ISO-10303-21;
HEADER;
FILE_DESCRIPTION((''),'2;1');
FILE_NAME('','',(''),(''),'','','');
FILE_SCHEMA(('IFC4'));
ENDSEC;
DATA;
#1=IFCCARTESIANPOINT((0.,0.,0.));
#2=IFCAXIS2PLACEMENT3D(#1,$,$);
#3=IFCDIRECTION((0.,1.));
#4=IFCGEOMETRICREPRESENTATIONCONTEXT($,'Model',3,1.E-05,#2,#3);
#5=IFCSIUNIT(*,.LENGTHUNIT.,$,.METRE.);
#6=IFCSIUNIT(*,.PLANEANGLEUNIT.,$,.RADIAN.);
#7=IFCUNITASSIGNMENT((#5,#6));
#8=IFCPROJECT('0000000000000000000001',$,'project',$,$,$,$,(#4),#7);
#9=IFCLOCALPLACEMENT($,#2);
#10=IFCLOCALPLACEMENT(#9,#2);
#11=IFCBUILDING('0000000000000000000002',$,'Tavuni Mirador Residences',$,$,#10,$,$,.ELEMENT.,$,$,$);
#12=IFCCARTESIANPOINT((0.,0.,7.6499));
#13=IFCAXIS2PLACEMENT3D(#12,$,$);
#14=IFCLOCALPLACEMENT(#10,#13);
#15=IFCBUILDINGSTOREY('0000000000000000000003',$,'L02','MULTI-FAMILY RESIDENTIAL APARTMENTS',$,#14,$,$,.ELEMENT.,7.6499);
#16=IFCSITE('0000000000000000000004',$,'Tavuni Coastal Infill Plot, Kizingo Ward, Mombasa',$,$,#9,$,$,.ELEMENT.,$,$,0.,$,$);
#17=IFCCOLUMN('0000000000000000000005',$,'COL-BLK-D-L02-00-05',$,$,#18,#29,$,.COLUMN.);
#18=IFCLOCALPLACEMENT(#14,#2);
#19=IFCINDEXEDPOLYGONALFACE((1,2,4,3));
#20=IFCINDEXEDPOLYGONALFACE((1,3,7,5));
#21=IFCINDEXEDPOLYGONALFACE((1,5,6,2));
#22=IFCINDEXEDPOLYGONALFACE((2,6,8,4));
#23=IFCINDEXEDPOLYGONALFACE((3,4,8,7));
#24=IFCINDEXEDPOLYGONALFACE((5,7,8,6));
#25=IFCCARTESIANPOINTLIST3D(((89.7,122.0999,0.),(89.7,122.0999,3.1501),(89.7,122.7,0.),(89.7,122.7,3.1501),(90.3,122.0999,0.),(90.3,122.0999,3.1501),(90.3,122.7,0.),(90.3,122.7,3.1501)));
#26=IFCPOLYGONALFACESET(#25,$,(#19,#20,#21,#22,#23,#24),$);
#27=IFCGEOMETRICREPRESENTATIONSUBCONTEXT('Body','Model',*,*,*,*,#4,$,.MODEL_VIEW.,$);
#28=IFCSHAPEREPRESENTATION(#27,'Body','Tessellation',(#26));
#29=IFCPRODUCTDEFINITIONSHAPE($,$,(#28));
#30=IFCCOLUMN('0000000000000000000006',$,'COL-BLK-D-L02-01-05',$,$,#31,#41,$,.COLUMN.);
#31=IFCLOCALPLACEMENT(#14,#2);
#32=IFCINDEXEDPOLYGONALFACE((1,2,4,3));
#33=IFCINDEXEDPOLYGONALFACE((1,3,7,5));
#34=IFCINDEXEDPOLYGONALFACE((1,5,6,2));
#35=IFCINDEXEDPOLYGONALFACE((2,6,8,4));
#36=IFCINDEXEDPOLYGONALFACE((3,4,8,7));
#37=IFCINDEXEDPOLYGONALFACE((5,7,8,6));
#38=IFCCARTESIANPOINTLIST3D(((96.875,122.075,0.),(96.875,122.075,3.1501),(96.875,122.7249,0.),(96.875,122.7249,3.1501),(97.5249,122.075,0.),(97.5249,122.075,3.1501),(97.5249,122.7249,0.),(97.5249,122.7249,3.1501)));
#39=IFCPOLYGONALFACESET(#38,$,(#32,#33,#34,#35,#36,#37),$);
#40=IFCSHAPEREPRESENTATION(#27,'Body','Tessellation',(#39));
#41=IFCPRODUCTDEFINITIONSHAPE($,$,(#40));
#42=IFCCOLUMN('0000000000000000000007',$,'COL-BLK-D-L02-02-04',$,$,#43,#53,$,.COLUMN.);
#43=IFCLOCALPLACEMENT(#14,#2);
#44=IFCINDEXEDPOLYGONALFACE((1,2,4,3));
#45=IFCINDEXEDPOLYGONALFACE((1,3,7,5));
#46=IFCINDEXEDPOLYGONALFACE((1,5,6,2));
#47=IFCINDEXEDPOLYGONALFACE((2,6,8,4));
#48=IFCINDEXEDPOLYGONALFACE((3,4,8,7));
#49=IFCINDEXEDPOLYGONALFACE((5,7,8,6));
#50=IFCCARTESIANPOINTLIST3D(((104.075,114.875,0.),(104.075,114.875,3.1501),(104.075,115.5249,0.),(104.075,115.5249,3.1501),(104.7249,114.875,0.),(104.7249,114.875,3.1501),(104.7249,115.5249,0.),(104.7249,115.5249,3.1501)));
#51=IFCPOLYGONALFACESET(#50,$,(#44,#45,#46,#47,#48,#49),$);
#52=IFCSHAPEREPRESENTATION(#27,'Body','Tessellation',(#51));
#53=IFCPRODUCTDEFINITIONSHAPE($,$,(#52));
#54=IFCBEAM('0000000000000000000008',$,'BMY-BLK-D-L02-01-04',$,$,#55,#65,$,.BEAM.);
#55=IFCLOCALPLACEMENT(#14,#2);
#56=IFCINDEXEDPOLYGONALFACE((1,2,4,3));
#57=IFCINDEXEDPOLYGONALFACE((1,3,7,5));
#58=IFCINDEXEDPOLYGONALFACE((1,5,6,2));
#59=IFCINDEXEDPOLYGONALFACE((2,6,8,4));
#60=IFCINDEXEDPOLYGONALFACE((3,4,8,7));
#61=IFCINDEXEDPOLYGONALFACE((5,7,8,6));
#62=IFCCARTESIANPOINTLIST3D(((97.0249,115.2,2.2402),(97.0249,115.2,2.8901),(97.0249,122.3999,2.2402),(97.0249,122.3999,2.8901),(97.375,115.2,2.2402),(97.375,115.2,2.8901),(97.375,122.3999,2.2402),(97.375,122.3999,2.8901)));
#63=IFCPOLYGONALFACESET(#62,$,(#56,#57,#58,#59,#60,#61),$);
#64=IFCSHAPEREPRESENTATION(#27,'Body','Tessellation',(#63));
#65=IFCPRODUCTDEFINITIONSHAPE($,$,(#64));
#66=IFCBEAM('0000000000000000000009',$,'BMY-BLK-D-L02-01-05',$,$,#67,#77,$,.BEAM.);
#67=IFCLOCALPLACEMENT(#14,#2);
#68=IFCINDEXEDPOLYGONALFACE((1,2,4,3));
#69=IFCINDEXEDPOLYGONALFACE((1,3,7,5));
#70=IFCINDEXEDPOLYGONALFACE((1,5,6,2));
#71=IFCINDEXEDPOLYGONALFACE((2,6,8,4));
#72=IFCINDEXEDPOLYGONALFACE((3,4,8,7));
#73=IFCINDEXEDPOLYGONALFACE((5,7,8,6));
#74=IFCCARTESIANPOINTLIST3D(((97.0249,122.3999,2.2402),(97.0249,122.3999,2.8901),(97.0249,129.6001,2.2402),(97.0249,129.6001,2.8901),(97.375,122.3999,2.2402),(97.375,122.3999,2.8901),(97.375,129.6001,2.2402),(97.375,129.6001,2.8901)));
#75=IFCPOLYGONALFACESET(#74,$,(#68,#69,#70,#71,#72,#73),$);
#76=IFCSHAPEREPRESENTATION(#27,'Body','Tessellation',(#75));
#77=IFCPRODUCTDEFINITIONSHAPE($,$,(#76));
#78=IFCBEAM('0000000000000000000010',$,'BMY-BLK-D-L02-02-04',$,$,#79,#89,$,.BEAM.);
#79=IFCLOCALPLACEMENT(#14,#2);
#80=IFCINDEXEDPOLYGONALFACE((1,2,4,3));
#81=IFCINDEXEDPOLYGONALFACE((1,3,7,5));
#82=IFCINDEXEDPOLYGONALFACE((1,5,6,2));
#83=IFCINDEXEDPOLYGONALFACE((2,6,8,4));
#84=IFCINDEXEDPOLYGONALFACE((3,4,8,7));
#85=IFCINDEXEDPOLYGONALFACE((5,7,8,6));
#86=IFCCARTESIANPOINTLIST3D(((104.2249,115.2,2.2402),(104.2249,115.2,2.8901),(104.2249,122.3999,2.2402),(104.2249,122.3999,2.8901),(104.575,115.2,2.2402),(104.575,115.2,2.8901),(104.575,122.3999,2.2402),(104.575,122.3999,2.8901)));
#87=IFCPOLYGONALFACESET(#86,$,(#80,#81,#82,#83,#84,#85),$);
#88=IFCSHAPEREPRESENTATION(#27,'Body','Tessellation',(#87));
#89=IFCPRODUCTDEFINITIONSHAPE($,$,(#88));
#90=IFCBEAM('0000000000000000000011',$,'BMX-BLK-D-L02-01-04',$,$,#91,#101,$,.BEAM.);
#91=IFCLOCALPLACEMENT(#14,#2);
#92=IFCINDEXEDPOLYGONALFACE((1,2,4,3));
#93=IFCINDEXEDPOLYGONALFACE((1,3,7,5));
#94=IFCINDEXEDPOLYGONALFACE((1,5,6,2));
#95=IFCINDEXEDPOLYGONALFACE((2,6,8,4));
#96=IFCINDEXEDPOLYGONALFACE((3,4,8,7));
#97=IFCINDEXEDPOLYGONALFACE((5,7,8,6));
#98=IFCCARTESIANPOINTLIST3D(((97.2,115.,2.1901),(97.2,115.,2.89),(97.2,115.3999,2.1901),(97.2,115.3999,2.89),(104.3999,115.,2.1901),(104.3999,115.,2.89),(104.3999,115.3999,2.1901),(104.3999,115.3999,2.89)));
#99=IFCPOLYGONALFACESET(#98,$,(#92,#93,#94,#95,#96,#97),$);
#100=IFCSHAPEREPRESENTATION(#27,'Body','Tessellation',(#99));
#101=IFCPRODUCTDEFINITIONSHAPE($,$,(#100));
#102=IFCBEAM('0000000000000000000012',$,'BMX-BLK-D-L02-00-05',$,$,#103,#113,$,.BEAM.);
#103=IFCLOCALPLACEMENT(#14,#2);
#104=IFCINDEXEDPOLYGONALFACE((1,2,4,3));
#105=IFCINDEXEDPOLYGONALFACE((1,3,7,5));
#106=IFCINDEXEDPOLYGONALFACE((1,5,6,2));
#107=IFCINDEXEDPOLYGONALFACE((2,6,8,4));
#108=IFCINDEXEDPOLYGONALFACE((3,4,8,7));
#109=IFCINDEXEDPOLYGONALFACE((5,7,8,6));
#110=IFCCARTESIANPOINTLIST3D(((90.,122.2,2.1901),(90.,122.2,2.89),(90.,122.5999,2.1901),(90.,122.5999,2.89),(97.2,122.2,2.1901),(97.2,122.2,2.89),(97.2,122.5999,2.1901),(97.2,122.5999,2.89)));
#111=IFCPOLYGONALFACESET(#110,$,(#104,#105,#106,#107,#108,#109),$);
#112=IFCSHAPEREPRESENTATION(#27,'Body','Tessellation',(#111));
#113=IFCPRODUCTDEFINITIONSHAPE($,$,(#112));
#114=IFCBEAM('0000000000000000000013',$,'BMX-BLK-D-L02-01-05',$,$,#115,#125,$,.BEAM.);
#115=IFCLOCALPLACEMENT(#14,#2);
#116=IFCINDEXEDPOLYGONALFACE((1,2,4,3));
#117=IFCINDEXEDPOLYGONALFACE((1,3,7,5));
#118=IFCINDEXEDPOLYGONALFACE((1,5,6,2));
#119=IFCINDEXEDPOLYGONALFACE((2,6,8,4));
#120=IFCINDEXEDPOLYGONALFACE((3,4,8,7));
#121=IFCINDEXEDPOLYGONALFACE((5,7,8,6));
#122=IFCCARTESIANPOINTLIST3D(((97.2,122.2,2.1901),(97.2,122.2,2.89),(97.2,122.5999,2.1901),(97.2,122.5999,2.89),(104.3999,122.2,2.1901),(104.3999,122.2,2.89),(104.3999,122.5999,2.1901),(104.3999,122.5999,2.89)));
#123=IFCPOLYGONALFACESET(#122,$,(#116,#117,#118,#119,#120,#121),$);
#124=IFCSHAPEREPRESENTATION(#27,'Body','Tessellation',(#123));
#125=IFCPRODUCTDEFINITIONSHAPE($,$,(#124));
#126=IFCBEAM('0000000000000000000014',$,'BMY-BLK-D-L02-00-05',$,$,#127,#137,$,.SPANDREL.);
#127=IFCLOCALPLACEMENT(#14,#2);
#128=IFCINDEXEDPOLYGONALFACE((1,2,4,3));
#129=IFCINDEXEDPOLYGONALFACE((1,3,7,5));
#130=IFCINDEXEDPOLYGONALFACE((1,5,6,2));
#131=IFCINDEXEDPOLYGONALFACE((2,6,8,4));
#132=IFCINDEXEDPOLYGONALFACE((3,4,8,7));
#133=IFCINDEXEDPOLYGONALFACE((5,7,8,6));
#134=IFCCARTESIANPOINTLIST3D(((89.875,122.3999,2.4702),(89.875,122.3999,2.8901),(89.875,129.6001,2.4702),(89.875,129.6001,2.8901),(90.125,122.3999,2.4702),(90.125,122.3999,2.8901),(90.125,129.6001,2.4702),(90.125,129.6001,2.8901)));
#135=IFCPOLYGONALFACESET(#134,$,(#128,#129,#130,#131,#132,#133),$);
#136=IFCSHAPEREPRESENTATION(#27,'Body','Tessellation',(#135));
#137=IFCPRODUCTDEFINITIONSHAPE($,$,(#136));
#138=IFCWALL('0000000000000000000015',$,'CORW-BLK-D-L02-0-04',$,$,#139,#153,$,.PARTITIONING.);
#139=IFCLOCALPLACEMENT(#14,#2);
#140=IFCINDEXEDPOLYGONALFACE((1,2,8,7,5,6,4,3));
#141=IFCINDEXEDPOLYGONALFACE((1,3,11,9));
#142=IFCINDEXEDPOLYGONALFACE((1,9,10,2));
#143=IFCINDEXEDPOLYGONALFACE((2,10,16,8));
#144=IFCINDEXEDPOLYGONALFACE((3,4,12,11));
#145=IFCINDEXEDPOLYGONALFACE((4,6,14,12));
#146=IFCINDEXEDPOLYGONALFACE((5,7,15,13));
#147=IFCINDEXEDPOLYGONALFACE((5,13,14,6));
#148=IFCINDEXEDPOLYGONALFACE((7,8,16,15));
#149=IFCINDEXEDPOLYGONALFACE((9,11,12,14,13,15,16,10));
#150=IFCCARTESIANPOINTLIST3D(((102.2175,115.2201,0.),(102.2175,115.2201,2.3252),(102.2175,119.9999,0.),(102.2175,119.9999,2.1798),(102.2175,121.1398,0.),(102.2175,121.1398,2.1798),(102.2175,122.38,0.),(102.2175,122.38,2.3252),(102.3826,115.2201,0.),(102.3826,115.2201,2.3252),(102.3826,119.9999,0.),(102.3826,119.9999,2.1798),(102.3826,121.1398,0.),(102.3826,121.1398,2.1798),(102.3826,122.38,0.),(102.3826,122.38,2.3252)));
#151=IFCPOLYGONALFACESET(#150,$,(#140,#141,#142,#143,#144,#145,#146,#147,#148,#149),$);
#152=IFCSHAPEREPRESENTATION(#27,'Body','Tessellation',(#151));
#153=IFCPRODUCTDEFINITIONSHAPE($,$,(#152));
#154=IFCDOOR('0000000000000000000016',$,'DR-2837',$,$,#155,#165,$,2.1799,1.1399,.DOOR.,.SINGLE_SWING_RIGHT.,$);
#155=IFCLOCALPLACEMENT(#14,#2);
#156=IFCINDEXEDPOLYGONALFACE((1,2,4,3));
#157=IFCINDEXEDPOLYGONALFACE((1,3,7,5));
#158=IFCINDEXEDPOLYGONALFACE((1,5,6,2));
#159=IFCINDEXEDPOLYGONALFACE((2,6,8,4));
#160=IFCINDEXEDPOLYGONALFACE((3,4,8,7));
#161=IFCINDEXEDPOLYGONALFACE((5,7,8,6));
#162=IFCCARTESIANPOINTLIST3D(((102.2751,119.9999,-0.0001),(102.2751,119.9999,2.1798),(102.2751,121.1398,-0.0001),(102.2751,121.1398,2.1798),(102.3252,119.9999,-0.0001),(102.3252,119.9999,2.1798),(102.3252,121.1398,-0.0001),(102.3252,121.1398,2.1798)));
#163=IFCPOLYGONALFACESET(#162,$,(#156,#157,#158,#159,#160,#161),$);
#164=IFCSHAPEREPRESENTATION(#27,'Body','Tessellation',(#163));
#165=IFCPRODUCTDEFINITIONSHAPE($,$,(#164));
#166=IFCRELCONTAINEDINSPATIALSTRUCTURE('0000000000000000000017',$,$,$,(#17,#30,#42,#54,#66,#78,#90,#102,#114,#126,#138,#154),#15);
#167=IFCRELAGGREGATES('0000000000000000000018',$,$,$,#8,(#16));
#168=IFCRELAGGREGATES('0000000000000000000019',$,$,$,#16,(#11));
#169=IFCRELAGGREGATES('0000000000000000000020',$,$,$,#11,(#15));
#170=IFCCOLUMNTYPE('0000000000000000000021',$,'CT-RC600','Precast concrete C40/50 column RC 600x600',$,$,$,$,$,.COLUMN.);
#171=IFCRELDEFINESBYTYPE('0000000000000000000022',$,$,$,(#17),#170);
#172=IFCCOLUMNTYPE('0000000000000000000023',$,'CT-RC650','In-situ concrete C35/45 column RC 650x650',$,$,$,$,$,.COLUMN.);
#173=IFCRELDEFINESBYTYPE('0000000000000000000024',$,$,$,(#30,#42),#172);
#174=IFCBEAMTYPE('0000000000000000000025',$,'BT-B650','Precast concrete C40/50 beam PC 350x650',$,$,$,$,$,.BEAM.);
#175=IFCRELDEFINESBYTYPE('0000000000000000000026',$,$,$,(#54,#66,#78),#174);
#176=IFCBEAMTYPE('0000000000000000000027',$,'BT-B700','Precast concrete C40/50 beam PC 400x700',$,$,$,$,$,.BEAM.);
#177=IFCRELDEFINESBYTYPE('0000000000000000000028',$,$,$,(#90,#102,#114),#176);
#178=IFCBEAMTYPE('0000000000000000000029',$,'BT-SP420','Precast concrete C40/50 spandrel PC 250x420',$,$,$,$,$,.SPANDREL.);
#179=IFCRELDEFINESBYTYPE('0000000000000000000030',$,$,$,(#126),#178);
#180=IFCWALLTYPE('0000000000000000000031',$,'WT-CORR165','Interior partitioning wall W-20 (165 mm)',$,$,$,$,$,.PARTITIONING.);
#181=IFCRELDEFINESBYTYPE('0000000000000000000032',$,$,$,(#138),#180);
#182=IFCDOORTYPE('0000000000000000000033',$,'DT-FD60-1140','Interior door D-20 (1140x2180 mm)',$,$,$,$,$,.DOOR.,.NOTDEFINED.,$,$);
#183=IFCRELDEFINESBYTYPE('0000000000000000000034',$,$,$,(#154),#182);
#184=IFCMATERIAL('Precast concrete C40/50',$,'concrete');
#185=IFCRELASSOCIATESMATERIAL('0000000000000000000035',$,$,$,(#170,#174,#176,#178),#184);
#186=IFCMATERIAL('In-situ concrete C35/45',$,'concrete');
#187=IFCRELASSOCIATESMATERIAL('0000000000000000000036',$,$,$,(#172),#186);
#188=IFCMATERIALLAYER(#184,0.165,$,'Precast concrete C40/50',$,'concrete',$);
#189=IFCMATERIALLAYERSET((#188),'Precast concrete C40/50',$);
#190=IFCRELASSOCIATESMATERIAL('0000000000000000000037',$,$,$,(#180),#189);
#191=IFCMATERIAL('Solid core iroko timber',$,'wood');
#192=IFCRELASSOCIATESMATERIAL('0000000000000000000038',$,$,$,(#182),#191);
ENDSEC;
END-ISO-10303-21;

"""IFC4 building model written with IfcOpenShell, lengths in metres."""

from ifc_helpers import new_model, si_unit, direction, frame, frame_2d, origin, origin_2d, place, context, subcontext, project, spatial, rectangle, extrude, material, layer, layer_set, material_profile, profile_set, type_object, element, fill, save


model = new_model("IFC4")

# Units and contexts
model_context = context("Model", 3, precision=1e-05, world=origin(), true_north=direction((0.0, 1.0)))
body_context = subcontext(model_context, "Body", "Model", "MODEL_VIEW")
ifc_project = project(units=[si_unit("LENGTHUNIT", "METRE"), si_unit("PLANEANGLEUNIT", "RADIAN")], contexts=[model_context])

# Site, building, storey
site_placement = place(None, origin())
site = spatial("IfcSite", under=ifc_project, at=site_placement, Name="Tavuni Coastal Infill Plot, Kizingo Ward, Mombasa", CompositionType="ELEMENT", RefElevation=0.0)
building_placement = place(site_placement, origin())
building = spatial("IfcBuilding", under=site, at=building_placement, Name="Tavuni Mirador Residences", CompositionType="ELEMENT")
storey_placement = place(building_placement, frame((0.0, 0.0, 7.6499)))
storey = spatial("IfcBuildingStorey", under=building, at=storey_placement, Name="L02", Description="MULTI-FAMILY RESIDENTIAL APARTMENTS", CompositionType="ELEMENT", Elevation=7.6499)

# Columns
ifc_material_1 = material(Name="Precast concrete C40/50", Category="concrete")
ifc_material_profile_1 = material_profile(ifc_material_1, rectangle(XDim=0.6001, YDim=0.6001, at=origin_2d()), Name="RC 600x600", Category="concrete")
ifc_profile_set_1 = profile_set([ifc_material_profile_1], Name="Precast concrete C40/50")
column_type_1 = type_object("IfcColumnType", Name="CT-RC600", Description="Precast concrete C40/50 column RC 600x600", PredefinedType="COLUMN", material=ifc_profile_set_1)
column_placement = place(storey_placement, frame((90.0, 122.3999, 0.0), z_axis=(0.0, 0.0, 1.0), x_axis=(1.0, 0.0, 0.0)))
element("IfcColumn", 1, at=column_placement, inside=storey, type_object=column_type_1, Name="COL-BLK-D-L02-00-05", PredefinedType="COLUMN", context=body_context, shape_type="SweptSolid", body=[
    extrude(rectangle(XDim=0.6001, YDim=0.6001, at=origin_2d()), origin(), (0.0, 0.0, 1.0), 3.1501),
])
ifc_material_2 = material(Name="In-situ concrete C35/45", Category="concrete")
ifc_material_profile_2 = material_profile(ifc_material_2, rectangle(XDim=0.6499, YDim=0.6499, at=origin_2d()), Name="RC 650x650", Category="concrete")
ifc_profile_set_2 = profile_set([ifc_material_profile_2], Name="In-situ concrete C35/45")
column_type_2 = type_object("IfcColumnType", Name="CT-RC650", Description="In-situ concrete C35/45 column RC 650x650", PredefinedType="COLUMN", material=ifc_profile_set_2)
for number, where, z_axis, x_axis, name in (
    (2, (97.2, 122.3999, 0.0), (0.0, 0.0, 1.0), (1.0, 0.0, 0.0), "COL-BLK-D-L02-01-05"),
    (3, (104.3999, 115.2, 0.0), (0.0, 0.0, 1.0), (1.0, 0.0, 0.0), "COL-BLK-D-L02-02-04"),
):
    element("IfcColumn", number, at=place(storey_placement, frame(where, z_axis=z_axis, x_axis=x_axis)), inside=storey, type_object=column_type_2, Name=name, PredefinedType="COLUMN", context=body_context, shape_type="SweptSolid", body=[
        extrude(rectangle(XDim=0.6499, YDim=0.6499, at=origin_2d()), origin(), (0.0, 0.0, 1.0), 3.1501),
    ])

# Beams
ifc_material_profile_3 = material_profile(ifc_material_1, rectangle(XDim=0.3501, YDim=0.6499, at=origin_2d()), Name="PC 350x650", Category="concrete")
ifc_profile_set_3 = profile_set([ifc_material_profile_3], Name="Precast concrete C40/50")
beam_type_1 = type_object("IfcBeamType", Name="BT-B650", Description="Precast concrete C40/50 beam PC 350x650", PredefinedType="BEAM", material=ifc_profile_set_3)
beam_1_placement = place(storey_placement, frame((97.2, 115.2, 2.5652), z_axis=(0.0, 1.0, 0.0), x_axis=(-1.0, 0.0, 0.0)))
element("IfcBeam", 4, at=beam_1_placement, inside=storey, type_object=beam_type_1, Name="BMY-BLK-D-L02-01-04", PredefinedType="BEAM", context=body_context, shape_type="SweptSolid", body=[
    extrude(rectangle(XDim=0.3501, YDim=0.6499, at=origin_2d()), origin(), (0.0, 0.0, 1.0), 7.2),
])
beam_2_placement = place(storey_placement, frame((97.2, 122.3999, 2.5652), z_axis=(0.0, 1.0, 0.0), x_axis=(-1.0, 0.0, 0.0)))
element("IfcBeam", 5, at=beam_2_placement, inside=storey, type_object=beam_type_1, Name="BMY-BLK-D-L02-01-05", PredefinedType="BEAM", context=body_context, shape_type="SweptSolid", body=[
    extrude(rectangle(XDim=0.3501, YDim=0.6499, at=origin_2d()), origin(), (0.0, 0.0, 1.0), 7.2002),
])
beam_3_placement = place(storey_placement, frame((104.3999, 115.2, 2.5652), z_axis=(0.0, 1.0, 0.0), x_axis=(-1.0, 0.0, 0.0)))
element("IfcBeam", 6, at=beam_3_placement, inside=storey, type_object=beam_type_1, Name="BMY-BLK-D-L02-02-04", PredefinedType="BEAM", context=body_context, shape_type="SweptSolid", body=[
    extrude(rectangle(XDim=0.3501, YDim=0.6499, at=origin_2d()), origin(), (0.0, 0.0, 1.0), 7.2),
])
ifc_material_profile_4 = material_profile(ifc_material_1, rectangle(XDim=0.3999, YDim=0.7, at=origin_2d()), Name="PC 400x700", Category="concrete")
ifc_profile_set_4 = profile_set([ifc_material_profile_4], Name="Precast concrete C40/50")
beam_type_2 = type_object("IfcBeamType", Name="BT-B700", Description="Precast concrete C40/50 beam PC 400x700", PredefinedType="BEAM", material=ifc_profile_set_4)
for number, where, z_axis, x_axis, name in (
    (7, (97.2, 115.2, 2.54), (1.0, 0.0, 0.0), (0.0, 1.0, 0.0), "BMX-BLK-D-L02-01-04"),
    (8, (90.0, 122.3999, 2.54), (1.0, 0.0, 0.0), (0.0, 1.0, 0.0), "BMX-BLK-D-L02-00-05"),
    (9, (97.2, 122.3999, 2.54), (1.0, 0.0, 0.0), (0.0, 1.0, 0.0), "BMX-BLK-D-L02-01-05"),
):
    element("IfcBeam", number, at=place(storey_placement, frame(where, z_axis=z_axis, x_axis=x_axis)), inside=storey, type_object=beam_type_2, Name=name, PredefinedType="BEAM", context=body_context, shape_type="SweptSolid", body=[
        extrude(rectangle(XDim=0.3999, YDim=0.7, at=origin_2d()), origin(), (0.0, 0.0, 1.0), 7.2),
    ])
ifc_material_profile_5 = material_profile(ifc_material_1, rectangle(XDim=0.25, YDim=0.4199, at=origin_2d()), Name="PC 250x420", Category="concrete")
ifc_profile_set_5 = profile_set([ifc_material_profile_5], Name="Precast concrete C40/50")
beam_type_3 = type_object("IfcBeamType", Name="BT-SP420", Description="Precast concrete C40/50 spandrel PC 250x420", PredefinedType="SPANDREL", material=ifc_profile_set_5)
beam_4_placement = place(storey_placement, frame((90.0, 122.3999, 2.6802), z_axis=(0.0, 1.0, 0.0), x_axis=(-1.0, 0.0, 0.0)))
element("IfcBeam", 10, at=beam_4_placement, inside=storey, type_object=beam_type_3, Name="BMY-BLK-D-L02-00-05", PredefinedType="SPANDREL", context=body_context, shape_type="SweptSolid", body=[
    extrude(rectangle(XDim=0.25, YDim=0.4199, at=origin_2d()), origin(), (0.0, 0.0, 1.0), 7.2002),
])

# Wall, opening, door
ifc_layer_1 = layer(ifc_material_1, 0.165, Name="Precast concrete C40/50", Category="concrete")
ifc_layer_set_1 = layer_set([ifc_layer_1], Name="Precast concrete C40/50")
wall_type_1 = type_object("IfcWallType", Name="WT-CORR165", Description="Interior partitioning wall W-20 (165 mm)", PredefinedType="PARTITIONING", material=ifc_layer_set_1)
wall_1_placement = place(storey_placement, frame((102.3, 115.22, 0.0), z_axis=(0.0, 0.0, 1.0), x_axis=(0.0, 1.0, 0.0)))
wall_1 = element("IfcWall", 11, at=wall_1_placement, inside=storey, type_object=wall_type_1, Name="CORW-BLK-D-L02-0-04", PredefinedType="PARTITIONING", context=body_context, shape_type="SweptSolid", body=[
    extrude(rectangle(XDim=7.1599, YDim=0.165, at=frame_2d((3.5801, 0.0))), origin(), (0.0, 0.0, 1.0), 2.3252),
])
opening_1_placement = place(wall_1_placement, frame((4.78, 0.0, 0.0)))
opening_1 = element("IfcOpeningElement", 12, at=opening_1_placement, cuts=wall_1, PredefinedType="OPENING", context=body_context, shape_type="SweptSolid", body=[
    extrude(rectangle(XDim=1.1399, YDim=2.1799, at=frame_2d((0.5698, 1.0898))), frame((0.0, 0.0925, 0.0), z_axis=(0.0, -1.0, 0.0), x_axis=(1.0, 0.0, 0.0)), (0.0, 0.0, 1.0), 0.1851),
])
ifc_material_3 = material(Name="Solid core iroko timber", Category="wood")
door_type_1 = type_object("IfcDoorType", Name="DT-FD60-1140", Description="Interior door D-20 (1140x2180 mm)", OperationType="NOTDEFINED", PredefinedType="DOOR", material=ifc_material_3)
door_1_placement = place(opening_1_placement, origin())
door_1 = element("IfcDoor", 13, at=door_1_placement, inside=storey, type_object=door_type_1, Name="DR-2837", OperationType="SINGLE_SWING_RIGHT", OverallHeight=2.1799, OverallWidth=1.1399, PredefinedType="DOOR", context=body_context, shape_type="SweptSolid", body=[
    extrude(rectangle(XDim=1.1399, YDim=2.1799, at=frame_2d((0.5698, 1.0898))), frame((0.0, 0.0249, 0.0), z_axis=(0.0, -1.0, 0.0), x_axis=(1.0, 0.0, 0.0)), (0.0, 0.0, 1.0), 0.05),
])
fill(opening_1, door_1)

save(model, "model.ifc")
